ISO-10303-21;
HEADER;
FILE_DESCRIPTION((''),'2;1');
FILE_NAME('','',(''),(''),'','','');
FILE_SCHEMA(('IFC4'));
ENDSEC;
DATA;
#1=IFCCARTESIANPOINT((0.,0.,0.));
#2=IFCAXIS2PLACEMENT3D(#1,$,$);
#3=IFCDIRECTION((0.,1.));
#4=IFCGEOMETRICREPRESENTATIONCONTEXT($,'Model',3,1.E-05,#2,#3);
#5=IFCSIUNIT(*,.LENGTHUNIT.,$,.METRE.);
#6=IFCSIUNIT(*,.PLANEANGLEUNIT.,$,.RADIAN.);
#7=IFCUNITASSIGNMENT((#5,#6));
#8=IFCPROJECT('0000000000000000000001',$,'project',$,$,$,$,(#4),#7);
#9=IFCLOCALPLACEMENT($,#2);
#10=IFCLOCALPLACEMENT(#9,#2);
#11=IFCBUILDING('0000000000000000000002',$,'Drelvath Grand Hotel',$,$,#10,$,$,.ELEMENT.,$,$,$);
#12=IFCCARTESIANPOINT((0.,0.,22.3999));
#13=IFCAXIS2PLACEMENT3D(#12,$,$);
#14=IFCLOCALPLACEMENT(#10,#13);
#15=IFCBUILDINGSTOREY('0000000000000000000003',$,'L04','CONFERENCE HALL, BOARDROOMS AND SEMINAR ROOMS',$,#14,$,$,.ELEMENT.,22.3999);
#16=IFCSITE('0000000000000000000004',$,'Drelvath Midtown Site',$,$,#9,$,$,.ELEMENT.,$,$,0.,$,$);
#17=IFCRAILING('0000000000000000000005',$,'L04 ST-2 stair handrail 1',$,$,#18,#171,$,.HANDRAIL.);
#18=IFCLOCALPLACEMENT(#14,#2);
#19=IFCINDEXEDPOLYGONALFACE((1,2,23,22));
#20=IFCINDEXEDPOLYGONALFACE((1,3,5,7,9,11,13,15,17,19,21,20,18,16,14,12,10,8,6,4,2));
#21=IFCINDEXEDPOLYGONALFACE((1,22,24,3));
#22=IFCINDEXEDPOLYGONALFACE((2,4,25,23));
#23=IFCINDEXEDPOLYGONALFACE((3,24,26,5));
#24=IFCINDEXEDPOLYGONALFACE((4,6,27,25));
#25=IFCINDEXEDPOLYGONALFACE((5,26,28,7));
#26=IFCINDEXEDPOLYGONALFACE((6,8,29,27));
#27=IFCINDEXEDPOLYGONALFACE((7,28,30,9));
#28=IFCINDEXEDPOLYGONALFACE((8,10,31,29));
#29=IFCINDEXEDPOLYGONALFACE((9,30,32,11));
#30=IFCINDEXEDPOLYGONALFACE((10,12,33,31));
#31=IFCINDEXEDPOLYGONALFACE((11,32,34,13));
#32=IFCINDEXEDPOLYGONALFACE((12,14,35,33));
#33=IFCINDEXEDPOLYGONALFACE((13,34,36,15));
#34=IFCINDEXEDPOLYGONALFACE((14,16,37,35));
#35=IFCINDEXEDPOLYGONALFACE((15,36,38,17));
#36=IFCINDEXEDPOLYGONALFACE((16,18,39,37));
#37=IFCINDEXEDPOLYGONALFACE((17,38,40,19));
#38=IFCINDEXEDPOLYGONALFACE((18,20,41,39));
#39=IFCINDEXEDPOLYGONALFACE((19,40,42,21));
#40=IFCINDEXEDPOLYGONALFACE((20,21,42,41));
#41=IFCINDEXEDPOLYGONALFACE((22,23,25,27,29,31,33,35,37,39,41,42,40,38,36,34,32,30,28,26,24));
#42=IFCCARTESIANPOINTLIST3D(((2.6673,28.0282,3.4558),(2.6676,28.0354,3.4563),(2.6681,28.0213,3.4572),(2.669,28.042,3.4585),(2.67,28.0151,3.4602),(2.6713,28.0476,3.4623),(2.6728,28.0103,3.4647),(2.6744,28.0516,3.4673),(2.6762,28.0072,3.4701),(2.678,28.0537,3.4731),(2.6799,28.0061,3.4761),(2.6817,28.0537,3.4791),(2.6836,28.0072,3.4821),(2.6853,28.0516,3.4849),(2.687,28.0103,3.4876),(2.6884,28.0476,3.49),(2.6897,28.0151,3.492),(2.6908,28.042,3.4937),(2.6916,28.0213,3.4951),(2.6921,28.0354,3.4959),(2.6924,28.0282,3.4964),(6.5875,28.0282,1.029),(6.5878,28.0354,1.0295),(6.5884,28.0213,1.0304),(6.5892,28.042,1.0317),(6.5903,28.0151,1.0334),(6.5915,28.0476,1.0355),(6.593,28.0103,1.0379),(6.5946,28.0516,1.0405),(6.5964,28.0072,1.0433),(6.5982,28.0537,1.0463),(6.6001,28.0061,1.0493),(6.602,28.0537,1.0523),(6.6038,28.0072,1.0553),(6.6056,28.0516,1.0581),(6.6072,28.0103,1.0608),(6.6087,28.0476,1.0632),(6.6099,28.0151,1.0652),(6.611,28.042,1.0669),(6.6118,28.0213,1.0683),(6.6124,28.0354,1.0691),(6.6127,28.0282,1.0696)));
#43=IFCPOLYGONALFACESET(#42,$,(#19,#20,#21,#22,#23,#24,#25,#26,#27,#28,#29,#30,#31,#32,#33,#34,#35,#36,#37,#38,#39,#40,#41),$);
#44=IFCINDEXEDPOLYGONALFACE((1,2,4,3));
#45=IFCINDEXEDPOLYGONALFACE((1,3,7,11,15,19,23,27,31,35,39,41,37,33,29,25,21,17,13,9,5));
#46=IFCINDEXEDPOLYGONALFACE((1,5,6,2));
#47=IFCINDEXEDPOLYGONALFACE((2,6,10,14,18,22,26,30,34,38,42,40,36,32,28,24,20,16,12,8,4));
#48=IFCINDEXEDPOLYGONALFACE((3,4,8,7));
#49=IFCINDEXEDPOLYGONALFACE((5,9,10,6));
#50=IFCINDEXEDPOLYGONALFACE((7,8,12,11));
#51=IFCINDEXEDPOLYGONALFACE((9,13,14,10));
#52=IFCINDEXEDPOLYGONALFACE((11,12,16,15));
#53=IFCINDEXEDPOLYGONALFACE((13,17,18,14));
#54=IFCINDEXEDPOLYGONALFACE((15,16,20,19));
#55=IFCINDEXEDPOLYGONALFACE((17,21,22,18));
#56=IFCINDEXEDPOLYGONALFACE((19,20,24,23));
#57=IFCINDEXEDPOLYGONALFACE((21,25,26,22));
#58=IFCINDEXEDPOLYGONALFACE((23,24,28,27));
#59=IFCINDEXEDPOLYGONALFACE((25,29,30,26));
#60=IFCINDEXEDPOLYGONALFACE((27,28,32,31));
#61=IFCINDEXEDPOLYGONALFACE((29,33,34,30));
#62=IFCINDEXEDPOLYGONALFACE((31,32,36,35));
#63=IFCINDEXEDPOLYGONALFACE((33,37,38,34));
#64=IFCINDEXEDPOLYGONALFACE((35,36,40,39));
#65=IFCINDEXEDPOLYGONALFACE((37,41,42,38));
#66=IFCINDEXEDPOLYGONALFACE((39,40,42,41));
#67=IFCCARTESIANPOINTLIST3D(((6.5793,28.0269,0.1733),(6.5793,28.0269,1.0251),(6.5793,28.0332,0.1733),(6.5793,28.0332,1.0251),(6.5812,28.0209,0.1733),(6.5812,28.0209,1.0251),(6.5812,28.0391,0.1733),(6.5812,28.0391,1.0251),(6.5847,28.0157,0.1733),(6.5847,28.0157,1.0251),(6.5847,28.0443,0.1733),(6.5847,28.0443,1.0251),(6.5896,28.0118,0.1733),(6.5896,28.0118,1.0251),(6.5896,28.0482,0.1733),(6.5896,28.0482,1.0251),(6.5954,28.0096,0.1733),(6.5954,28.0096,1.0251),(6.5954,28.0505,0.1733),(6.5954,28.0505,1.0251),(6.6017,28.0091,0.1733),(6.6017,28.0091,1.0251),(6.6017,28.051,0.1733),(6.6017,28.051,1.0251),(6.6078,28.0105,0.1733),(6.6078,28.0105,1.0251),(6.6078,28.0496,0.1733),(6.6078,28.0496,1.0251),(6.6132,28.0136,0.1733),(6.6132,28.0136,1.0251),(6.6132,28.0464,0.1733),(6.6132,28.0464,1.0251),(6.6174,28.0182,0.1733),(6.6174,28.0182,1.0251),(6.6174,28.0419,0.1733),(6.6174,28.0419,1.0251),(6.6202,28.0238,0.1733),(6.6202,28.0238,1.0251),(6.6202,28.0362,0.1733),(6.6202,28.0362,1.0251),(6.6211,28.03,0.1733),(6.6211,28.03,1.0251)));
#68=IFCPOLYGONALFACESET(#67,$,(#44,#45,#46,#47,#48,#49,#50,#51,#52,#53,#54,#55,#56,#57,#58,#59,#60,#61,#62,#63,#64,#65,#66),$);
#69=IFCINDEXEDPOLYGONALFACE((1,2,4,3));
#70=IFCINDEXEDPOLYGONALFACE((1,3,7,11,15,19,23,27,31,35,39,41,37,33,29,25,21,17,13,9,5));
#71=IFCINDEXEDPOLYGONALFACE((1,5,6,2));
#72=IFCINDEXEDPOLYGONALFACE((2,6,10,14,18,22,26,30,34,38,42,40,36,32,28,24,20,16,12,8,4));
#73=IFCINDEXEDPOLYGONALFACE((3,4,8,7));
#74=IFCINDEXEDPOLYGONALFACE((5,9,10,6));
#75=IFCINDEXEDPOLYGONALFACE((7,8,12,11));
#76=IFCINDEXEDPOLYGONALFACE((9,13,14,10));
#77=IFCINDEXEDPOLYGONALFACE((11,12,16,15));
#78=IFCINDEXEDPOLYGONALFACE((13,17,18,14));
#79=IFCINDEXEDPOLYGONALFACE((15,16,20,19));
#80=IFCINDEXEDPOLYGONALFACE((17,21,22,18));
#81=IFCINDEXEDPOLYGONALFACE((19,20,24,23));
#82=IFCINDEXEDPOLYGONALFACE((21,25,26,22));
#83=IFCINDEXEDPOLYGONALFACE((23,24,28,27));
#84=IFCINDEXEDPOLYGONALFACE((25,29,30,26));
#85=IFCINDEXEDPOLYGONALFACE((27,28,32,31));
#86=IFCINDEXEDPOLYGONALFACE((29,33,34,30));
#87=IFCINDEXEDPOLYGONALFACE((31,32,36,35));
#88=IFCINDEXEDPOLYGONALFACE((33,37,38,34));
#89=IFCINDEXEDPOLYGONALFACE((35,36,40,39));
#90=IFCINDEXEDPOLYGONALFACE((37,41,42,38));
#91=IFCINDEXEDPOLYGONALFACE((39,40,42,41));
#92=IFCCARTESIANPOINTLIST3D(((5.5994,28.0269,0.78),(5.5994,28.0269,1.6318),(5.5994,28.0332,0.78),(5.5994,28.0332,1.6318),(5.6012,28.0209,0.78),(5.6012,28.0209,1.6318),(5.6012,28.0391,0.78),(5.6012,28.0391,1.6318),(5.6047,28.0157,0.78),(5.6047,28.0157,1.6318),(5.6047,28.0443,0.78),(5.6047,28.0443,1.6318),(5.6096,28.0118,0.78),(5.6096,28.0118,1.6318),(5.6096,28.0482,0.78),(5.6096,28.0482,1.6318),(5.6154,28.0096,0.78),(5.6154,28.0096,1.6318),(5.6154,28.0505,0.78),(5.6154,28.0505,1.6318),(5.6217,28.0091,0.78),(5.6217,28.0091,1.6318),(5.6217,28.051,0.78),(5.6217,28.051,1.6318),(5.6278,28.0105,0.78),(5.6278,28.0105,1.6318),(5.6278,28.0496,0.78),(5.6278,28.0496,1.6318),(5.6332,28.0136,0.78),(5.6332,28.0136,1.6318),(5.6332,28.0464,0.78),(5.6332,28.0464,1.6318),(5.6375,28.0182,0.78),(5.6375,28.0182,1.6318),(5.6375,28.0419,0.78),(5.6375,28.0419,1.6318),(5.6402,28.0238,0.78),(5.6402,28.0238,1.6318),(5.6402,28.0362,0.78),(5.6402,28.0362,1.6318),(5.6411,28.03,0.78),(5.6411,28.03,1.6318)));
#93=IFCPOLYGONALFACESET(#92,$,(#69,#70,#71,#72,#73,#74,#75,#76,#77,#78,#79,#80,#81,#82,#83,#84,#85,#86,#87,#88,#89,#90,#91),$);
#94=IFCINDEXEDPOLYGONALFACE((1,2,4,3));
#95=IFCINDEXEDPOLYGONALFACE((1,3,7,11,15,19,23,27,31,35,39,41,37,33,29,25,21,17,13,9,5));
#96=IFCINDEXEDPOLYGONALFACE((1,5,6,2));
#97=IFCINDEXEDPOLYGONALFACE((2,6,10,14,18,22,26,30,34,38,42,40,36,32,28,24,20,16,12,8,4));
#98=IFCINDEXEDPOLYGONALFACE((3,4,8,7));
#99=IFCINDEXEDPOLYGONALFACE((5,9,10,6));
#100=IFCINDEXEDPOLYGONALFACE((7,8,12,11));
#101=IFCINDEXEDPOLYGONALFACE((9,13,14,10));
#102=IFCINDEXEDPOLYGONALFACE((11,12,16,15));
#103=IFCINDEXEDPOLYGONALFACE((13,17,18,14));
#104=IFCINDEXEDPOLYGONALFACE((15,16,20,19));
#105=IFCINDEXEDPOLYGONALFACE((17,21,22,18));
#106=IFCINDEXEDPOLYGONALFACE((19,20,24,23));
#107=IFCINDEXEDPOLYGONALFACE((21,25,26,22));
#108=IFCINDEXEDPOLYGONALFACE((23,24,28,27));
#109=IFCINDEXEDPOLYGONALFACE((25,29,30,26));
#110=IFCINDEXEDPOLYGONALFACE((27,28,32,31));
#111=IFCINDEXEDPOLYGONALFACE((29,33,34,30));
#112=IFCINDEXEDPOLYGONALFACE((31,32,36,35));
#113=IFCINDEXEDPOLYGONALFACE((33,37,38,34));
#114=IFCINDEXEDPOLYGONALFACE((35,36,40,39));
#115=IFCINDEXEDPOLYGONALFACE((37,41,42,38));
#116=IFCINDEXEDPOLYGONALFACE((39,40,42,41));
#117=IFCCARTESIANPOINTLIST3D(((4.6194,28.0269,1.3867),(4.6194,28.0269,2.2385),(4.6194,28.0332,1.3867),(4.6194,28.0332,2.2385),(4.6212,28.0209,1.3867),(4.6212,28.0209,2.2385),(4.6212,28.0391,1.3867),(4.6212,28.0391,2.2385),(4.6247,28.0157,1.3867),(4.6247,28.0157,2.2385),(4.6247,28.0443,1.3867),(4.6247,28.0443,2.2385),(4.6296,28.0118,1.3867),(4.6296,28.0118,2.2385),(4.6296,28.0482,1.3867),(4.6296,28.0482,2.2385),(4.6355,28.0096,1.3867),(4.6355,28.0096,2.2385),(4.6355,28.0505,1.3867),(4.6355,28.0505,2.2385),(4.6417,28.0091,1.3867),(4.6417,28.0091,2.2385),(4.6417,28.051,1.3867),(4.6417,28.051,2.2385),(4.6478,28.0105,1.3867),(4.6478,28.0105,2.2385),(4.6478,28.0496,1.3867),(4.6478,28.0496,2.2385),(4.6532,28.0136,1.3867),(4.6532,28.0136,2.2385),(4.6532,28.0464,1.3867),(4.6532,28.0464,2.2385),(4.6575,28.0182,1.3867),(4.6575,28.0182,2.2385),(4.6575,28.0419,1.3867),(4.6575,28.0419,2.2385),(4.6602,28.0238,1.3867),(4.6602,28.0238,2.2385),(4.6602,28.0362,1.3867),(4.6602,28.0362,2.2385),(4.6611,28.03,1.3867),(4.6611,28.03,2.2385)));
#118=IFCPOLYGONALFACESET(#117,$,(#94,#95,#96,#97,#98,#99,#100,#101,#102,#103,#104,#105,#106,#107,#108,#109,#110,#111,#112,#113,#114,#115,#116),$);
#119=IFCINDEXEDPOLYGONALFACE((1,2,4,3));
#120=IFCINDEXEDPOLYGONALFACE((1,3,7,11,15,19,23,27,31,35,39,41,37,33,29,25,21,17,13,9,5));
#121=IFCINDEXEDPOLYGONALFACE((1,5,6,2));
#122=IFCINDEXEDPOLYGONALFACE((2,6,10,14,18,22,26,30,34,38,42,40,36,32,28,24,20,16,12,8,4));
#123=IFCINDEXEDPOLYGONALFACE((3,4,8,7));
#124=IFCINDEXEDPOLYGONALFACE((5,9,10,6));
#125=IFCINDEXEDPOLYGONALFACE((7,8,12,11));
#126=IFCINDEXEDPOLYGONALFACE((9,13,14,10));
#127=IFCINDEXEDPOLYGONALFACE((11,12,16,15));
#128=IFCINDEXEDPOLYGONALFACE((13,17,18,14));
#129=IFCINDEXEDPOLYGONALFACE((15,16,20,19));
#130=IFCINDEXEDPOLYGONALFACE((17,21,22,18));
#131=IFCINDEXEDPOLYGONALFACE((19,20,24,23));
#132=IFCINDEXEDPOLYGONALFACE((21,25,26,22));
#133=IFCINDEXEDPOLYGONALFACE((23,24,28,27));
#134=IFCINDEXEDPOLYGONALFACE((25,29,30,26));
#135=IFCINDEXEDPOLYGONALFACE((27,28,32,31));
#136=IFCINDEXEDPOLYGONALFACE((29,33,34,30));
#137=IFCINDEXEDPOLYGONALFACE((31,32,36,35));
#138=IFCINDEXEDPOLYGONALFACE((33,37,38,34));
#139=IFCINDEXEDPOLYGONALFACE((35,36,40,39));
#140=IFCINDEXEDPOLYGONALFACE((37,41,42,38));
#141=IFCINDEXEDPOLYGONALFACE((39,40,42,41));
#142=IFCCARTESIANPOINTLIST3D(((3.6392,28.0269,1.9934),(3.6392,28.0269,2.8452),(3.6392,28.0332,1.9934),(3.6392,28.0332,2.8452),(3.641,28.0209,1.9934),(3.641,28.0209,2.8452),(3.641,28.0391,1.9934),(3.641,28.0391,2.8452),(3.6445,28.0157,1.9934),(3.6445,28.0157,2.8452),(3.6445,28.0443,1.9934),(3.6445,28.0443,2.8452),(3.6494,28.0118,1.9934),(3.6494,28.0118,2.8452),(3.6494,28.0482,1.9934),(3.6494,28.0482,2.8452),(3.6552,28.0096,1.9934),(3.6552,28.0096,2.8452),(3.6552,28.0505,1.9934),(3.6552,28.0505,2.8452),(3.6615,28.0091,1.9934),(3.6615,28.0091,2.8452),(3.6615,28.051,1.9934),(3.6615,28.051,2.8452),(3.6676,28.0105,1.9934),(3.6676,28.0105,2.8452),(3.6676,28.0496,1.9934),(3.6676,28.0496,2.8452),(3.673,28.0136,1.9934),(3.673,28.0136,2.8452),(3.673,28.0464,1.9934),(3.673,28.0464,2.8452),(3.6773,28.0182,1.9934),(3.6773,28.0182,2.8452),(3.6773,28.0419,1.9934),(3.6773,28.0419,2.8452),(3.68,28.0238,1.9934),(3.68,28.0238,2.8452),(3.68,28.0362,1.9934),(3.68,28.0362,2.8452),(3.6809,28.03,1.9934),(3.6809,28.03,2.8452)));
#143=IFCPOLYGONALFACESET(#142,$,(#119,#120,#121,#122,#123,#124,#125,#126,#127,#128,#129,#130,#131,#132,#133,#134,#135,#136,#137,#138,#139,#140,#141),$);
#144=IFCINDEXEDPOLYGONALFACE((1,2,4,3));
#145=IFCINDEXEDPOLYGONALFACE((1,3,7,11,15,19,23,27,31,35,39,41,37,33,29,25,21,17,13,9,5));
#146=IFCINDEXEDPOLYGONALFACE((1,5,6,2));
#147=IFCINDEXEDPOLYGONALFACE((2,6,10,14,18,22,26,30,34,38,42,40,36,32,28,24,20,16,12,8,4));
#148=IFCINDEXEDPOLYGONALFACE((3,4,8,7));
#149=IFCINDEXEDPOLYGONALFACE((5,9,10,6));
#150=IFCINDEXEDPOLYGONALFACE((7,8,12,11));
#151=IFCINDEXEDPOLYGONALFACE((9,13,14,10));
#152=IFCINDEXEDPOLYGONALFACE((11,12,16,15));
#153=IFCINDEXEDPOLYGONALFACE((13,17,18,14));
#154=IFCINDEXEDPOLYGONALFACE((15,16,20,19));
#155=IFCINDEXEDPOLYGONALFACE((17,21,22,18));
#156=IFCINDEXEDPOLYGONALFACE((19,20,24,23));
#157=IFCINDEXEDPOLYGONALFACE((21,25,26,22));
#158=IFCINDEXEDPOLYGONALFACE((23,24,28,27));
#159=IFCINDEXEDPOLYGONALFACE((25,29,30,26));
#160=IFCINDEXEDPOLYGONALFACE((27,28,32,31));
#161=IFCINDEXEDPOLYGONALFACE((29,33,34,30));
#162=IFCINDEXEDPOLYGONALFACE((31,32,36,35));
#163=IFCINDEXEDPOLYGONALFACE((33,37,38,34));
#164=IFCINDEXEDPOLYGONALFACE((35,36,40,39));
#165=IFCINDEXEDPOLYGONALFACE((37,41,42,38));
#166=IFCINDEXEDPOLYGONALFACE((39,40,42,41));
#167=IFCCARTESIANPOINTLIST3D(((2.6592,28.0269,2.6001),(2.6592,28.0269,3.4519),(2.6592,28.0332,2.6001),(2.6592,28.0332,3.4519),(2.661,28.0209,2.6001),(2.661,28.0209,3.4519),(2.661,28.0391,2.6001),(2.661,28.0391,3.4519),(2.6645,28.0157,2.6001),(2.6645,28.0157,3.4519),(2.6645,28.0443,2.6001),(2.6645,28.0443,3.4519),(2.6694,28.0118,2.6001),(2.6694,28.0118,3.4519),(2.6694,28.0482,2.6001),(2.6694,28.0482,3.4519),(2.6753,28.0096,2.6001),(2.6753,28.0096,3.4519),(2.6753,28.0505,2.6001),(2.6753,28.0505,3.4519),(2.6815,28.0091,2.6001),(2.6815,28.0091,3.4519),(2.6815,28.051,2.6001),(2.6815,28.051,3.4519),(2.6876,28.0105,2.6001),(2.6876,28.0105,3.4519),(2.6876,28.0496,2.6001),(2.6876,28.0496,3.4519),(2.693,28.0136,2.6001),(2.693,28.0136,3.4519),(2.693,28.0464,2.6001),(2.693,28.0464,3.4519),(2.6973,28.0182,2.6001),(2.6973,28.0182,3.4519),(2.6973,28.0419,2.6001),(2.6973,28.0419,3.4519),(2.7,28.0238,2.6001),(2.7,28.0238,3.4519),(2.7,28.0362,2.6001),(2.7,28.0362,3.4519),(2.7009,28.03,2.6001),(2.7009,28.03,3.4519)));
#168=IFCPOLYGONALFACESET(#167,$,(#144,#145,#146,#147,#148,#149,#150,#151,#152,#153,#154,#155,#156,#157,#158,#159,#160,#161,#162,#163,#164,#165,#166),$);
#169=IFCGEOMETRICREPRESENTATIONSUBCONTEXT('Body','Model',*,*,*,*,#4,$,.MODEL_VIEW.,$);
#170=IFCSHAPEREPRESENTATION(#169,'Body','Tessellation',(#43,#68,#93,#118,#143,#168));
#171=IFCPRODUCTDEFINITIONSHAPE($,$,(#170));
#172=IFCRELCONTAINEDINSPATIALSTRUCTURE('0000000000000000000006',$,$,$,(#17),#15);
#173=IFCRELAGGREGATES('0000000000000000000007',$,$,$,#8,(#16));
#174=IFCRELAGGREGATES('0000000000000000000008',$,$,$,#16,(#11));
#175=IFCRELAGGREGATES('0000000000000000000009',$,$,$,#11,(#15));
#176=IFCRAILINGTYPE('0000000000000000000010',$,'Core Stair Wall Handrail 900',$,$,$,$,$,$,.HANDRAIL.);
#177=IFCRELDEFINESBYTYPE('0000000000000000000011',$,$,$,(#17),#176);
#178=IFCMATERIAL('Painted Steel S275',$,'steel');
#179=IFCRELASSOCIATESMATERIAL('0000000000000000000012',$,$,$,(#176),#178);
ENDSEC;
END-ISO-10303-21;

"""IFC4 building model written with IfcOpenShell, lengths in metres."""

from ifc_helpers import new_model, si_unit, direction, frame, origin, origin_2d, place, context, subcontext, project, spatial, circle, extrude, material, type_object, element, save


model = new_model("IFC4")

# Units and contexts
model_context = context("Model", 3, precision=1e-05, world=origin(), true_north=direction((0.0, 1.0)))
body_context = subcontext(model_context, "Body", "Model", "MODEL_VIEW")
ifc_project = project(units=[si_unit("LENGTHUNIT", "METRE"), si_unit("PLANEANGLEUNIT", "RADIAN")], contexts=[model_context])

# Site, building, storey
site_placement = place(None, origin())
site = spatial("IfcSite", under=ifc_project, at=site_placement, Name="Drelvath Midtown Site", CompositionType="ELEMENT", RefElevation=0.0)
building_placement = place(site_placement, origin())
building = spatial("IfcBuilding", under=site, at=building_placement, Name="Drelvath Grand Hotel", CompositionType="ELEMENT")
storey_placement = place(building_placement, frame((0.0, 0.0, 22.3999)))
storey = spatial("IfcBuildingStorey", under=building, at=storey_placement, Name="L04", Description="CONFERENCE HALL, BOARDROOMS AND SEMINAR ROOMS", CompositionType="ELEMENT", Elevation=22.3999)

# Shared definitions
ifc_material_1 = material(Name="Painted Steel S275", Category="steel")

# Railing
railing_type = type_object("IfcRailingType", Name="Core Stair Wall Handrail 900", PredefinedType="HANDRAIL", material=ifc_material_1)
railing_placement = place(storey_placement, frame((6.6001, 28.03, 0.1733)))
element("IfcRailing", 1, at=railing_placement, inside=storey, type_object=railing_type, Name="L04 ST-2 stair handrail 1", PredefinedType="HANDRAIL", context=body_context, shape_type="SweptSolid", body=[
    extrude(circle(Radius=0.0239, at=origin_2d()), frame((0.0, 0.0, 0.876), z_axis=(-0.850266, 0.0, 0.526353), x_axis=(0.0, -1.0, 0.0)), (0.0, 0.0, 1.0), 4.6106),
    extrude(circle(Radius=0.021, at=origin_2d()), origin(), (0.0, 0.0, 1.0), 0.8518),
    extrude(circle(Radius=0.021, at=origin_2d()), frame((-0.98, 0.0, 0.6067)), (0.0, 0.0, 1.0), 0.8518),
    extrude(circle(Radius=0.021, at=origin_2d()), frame((-1.96, 0.0, 1.2134)), (0.0, 0.0, 1.0), 0.8518),
    extrude(circle(Radius=0.021, at=origin_2d()), frame((-2.9402, 0.0, 1.8201)), (0.0, 0.0, 1.0), 0.8518),
    extrude(circle(Radius=0.021, at=origin_2d()), frame((-3.9202, 0.0, 2.4268)), (0.0, 0.0, 1.0), 0.8518),
])

save(model, "model.ifc")
